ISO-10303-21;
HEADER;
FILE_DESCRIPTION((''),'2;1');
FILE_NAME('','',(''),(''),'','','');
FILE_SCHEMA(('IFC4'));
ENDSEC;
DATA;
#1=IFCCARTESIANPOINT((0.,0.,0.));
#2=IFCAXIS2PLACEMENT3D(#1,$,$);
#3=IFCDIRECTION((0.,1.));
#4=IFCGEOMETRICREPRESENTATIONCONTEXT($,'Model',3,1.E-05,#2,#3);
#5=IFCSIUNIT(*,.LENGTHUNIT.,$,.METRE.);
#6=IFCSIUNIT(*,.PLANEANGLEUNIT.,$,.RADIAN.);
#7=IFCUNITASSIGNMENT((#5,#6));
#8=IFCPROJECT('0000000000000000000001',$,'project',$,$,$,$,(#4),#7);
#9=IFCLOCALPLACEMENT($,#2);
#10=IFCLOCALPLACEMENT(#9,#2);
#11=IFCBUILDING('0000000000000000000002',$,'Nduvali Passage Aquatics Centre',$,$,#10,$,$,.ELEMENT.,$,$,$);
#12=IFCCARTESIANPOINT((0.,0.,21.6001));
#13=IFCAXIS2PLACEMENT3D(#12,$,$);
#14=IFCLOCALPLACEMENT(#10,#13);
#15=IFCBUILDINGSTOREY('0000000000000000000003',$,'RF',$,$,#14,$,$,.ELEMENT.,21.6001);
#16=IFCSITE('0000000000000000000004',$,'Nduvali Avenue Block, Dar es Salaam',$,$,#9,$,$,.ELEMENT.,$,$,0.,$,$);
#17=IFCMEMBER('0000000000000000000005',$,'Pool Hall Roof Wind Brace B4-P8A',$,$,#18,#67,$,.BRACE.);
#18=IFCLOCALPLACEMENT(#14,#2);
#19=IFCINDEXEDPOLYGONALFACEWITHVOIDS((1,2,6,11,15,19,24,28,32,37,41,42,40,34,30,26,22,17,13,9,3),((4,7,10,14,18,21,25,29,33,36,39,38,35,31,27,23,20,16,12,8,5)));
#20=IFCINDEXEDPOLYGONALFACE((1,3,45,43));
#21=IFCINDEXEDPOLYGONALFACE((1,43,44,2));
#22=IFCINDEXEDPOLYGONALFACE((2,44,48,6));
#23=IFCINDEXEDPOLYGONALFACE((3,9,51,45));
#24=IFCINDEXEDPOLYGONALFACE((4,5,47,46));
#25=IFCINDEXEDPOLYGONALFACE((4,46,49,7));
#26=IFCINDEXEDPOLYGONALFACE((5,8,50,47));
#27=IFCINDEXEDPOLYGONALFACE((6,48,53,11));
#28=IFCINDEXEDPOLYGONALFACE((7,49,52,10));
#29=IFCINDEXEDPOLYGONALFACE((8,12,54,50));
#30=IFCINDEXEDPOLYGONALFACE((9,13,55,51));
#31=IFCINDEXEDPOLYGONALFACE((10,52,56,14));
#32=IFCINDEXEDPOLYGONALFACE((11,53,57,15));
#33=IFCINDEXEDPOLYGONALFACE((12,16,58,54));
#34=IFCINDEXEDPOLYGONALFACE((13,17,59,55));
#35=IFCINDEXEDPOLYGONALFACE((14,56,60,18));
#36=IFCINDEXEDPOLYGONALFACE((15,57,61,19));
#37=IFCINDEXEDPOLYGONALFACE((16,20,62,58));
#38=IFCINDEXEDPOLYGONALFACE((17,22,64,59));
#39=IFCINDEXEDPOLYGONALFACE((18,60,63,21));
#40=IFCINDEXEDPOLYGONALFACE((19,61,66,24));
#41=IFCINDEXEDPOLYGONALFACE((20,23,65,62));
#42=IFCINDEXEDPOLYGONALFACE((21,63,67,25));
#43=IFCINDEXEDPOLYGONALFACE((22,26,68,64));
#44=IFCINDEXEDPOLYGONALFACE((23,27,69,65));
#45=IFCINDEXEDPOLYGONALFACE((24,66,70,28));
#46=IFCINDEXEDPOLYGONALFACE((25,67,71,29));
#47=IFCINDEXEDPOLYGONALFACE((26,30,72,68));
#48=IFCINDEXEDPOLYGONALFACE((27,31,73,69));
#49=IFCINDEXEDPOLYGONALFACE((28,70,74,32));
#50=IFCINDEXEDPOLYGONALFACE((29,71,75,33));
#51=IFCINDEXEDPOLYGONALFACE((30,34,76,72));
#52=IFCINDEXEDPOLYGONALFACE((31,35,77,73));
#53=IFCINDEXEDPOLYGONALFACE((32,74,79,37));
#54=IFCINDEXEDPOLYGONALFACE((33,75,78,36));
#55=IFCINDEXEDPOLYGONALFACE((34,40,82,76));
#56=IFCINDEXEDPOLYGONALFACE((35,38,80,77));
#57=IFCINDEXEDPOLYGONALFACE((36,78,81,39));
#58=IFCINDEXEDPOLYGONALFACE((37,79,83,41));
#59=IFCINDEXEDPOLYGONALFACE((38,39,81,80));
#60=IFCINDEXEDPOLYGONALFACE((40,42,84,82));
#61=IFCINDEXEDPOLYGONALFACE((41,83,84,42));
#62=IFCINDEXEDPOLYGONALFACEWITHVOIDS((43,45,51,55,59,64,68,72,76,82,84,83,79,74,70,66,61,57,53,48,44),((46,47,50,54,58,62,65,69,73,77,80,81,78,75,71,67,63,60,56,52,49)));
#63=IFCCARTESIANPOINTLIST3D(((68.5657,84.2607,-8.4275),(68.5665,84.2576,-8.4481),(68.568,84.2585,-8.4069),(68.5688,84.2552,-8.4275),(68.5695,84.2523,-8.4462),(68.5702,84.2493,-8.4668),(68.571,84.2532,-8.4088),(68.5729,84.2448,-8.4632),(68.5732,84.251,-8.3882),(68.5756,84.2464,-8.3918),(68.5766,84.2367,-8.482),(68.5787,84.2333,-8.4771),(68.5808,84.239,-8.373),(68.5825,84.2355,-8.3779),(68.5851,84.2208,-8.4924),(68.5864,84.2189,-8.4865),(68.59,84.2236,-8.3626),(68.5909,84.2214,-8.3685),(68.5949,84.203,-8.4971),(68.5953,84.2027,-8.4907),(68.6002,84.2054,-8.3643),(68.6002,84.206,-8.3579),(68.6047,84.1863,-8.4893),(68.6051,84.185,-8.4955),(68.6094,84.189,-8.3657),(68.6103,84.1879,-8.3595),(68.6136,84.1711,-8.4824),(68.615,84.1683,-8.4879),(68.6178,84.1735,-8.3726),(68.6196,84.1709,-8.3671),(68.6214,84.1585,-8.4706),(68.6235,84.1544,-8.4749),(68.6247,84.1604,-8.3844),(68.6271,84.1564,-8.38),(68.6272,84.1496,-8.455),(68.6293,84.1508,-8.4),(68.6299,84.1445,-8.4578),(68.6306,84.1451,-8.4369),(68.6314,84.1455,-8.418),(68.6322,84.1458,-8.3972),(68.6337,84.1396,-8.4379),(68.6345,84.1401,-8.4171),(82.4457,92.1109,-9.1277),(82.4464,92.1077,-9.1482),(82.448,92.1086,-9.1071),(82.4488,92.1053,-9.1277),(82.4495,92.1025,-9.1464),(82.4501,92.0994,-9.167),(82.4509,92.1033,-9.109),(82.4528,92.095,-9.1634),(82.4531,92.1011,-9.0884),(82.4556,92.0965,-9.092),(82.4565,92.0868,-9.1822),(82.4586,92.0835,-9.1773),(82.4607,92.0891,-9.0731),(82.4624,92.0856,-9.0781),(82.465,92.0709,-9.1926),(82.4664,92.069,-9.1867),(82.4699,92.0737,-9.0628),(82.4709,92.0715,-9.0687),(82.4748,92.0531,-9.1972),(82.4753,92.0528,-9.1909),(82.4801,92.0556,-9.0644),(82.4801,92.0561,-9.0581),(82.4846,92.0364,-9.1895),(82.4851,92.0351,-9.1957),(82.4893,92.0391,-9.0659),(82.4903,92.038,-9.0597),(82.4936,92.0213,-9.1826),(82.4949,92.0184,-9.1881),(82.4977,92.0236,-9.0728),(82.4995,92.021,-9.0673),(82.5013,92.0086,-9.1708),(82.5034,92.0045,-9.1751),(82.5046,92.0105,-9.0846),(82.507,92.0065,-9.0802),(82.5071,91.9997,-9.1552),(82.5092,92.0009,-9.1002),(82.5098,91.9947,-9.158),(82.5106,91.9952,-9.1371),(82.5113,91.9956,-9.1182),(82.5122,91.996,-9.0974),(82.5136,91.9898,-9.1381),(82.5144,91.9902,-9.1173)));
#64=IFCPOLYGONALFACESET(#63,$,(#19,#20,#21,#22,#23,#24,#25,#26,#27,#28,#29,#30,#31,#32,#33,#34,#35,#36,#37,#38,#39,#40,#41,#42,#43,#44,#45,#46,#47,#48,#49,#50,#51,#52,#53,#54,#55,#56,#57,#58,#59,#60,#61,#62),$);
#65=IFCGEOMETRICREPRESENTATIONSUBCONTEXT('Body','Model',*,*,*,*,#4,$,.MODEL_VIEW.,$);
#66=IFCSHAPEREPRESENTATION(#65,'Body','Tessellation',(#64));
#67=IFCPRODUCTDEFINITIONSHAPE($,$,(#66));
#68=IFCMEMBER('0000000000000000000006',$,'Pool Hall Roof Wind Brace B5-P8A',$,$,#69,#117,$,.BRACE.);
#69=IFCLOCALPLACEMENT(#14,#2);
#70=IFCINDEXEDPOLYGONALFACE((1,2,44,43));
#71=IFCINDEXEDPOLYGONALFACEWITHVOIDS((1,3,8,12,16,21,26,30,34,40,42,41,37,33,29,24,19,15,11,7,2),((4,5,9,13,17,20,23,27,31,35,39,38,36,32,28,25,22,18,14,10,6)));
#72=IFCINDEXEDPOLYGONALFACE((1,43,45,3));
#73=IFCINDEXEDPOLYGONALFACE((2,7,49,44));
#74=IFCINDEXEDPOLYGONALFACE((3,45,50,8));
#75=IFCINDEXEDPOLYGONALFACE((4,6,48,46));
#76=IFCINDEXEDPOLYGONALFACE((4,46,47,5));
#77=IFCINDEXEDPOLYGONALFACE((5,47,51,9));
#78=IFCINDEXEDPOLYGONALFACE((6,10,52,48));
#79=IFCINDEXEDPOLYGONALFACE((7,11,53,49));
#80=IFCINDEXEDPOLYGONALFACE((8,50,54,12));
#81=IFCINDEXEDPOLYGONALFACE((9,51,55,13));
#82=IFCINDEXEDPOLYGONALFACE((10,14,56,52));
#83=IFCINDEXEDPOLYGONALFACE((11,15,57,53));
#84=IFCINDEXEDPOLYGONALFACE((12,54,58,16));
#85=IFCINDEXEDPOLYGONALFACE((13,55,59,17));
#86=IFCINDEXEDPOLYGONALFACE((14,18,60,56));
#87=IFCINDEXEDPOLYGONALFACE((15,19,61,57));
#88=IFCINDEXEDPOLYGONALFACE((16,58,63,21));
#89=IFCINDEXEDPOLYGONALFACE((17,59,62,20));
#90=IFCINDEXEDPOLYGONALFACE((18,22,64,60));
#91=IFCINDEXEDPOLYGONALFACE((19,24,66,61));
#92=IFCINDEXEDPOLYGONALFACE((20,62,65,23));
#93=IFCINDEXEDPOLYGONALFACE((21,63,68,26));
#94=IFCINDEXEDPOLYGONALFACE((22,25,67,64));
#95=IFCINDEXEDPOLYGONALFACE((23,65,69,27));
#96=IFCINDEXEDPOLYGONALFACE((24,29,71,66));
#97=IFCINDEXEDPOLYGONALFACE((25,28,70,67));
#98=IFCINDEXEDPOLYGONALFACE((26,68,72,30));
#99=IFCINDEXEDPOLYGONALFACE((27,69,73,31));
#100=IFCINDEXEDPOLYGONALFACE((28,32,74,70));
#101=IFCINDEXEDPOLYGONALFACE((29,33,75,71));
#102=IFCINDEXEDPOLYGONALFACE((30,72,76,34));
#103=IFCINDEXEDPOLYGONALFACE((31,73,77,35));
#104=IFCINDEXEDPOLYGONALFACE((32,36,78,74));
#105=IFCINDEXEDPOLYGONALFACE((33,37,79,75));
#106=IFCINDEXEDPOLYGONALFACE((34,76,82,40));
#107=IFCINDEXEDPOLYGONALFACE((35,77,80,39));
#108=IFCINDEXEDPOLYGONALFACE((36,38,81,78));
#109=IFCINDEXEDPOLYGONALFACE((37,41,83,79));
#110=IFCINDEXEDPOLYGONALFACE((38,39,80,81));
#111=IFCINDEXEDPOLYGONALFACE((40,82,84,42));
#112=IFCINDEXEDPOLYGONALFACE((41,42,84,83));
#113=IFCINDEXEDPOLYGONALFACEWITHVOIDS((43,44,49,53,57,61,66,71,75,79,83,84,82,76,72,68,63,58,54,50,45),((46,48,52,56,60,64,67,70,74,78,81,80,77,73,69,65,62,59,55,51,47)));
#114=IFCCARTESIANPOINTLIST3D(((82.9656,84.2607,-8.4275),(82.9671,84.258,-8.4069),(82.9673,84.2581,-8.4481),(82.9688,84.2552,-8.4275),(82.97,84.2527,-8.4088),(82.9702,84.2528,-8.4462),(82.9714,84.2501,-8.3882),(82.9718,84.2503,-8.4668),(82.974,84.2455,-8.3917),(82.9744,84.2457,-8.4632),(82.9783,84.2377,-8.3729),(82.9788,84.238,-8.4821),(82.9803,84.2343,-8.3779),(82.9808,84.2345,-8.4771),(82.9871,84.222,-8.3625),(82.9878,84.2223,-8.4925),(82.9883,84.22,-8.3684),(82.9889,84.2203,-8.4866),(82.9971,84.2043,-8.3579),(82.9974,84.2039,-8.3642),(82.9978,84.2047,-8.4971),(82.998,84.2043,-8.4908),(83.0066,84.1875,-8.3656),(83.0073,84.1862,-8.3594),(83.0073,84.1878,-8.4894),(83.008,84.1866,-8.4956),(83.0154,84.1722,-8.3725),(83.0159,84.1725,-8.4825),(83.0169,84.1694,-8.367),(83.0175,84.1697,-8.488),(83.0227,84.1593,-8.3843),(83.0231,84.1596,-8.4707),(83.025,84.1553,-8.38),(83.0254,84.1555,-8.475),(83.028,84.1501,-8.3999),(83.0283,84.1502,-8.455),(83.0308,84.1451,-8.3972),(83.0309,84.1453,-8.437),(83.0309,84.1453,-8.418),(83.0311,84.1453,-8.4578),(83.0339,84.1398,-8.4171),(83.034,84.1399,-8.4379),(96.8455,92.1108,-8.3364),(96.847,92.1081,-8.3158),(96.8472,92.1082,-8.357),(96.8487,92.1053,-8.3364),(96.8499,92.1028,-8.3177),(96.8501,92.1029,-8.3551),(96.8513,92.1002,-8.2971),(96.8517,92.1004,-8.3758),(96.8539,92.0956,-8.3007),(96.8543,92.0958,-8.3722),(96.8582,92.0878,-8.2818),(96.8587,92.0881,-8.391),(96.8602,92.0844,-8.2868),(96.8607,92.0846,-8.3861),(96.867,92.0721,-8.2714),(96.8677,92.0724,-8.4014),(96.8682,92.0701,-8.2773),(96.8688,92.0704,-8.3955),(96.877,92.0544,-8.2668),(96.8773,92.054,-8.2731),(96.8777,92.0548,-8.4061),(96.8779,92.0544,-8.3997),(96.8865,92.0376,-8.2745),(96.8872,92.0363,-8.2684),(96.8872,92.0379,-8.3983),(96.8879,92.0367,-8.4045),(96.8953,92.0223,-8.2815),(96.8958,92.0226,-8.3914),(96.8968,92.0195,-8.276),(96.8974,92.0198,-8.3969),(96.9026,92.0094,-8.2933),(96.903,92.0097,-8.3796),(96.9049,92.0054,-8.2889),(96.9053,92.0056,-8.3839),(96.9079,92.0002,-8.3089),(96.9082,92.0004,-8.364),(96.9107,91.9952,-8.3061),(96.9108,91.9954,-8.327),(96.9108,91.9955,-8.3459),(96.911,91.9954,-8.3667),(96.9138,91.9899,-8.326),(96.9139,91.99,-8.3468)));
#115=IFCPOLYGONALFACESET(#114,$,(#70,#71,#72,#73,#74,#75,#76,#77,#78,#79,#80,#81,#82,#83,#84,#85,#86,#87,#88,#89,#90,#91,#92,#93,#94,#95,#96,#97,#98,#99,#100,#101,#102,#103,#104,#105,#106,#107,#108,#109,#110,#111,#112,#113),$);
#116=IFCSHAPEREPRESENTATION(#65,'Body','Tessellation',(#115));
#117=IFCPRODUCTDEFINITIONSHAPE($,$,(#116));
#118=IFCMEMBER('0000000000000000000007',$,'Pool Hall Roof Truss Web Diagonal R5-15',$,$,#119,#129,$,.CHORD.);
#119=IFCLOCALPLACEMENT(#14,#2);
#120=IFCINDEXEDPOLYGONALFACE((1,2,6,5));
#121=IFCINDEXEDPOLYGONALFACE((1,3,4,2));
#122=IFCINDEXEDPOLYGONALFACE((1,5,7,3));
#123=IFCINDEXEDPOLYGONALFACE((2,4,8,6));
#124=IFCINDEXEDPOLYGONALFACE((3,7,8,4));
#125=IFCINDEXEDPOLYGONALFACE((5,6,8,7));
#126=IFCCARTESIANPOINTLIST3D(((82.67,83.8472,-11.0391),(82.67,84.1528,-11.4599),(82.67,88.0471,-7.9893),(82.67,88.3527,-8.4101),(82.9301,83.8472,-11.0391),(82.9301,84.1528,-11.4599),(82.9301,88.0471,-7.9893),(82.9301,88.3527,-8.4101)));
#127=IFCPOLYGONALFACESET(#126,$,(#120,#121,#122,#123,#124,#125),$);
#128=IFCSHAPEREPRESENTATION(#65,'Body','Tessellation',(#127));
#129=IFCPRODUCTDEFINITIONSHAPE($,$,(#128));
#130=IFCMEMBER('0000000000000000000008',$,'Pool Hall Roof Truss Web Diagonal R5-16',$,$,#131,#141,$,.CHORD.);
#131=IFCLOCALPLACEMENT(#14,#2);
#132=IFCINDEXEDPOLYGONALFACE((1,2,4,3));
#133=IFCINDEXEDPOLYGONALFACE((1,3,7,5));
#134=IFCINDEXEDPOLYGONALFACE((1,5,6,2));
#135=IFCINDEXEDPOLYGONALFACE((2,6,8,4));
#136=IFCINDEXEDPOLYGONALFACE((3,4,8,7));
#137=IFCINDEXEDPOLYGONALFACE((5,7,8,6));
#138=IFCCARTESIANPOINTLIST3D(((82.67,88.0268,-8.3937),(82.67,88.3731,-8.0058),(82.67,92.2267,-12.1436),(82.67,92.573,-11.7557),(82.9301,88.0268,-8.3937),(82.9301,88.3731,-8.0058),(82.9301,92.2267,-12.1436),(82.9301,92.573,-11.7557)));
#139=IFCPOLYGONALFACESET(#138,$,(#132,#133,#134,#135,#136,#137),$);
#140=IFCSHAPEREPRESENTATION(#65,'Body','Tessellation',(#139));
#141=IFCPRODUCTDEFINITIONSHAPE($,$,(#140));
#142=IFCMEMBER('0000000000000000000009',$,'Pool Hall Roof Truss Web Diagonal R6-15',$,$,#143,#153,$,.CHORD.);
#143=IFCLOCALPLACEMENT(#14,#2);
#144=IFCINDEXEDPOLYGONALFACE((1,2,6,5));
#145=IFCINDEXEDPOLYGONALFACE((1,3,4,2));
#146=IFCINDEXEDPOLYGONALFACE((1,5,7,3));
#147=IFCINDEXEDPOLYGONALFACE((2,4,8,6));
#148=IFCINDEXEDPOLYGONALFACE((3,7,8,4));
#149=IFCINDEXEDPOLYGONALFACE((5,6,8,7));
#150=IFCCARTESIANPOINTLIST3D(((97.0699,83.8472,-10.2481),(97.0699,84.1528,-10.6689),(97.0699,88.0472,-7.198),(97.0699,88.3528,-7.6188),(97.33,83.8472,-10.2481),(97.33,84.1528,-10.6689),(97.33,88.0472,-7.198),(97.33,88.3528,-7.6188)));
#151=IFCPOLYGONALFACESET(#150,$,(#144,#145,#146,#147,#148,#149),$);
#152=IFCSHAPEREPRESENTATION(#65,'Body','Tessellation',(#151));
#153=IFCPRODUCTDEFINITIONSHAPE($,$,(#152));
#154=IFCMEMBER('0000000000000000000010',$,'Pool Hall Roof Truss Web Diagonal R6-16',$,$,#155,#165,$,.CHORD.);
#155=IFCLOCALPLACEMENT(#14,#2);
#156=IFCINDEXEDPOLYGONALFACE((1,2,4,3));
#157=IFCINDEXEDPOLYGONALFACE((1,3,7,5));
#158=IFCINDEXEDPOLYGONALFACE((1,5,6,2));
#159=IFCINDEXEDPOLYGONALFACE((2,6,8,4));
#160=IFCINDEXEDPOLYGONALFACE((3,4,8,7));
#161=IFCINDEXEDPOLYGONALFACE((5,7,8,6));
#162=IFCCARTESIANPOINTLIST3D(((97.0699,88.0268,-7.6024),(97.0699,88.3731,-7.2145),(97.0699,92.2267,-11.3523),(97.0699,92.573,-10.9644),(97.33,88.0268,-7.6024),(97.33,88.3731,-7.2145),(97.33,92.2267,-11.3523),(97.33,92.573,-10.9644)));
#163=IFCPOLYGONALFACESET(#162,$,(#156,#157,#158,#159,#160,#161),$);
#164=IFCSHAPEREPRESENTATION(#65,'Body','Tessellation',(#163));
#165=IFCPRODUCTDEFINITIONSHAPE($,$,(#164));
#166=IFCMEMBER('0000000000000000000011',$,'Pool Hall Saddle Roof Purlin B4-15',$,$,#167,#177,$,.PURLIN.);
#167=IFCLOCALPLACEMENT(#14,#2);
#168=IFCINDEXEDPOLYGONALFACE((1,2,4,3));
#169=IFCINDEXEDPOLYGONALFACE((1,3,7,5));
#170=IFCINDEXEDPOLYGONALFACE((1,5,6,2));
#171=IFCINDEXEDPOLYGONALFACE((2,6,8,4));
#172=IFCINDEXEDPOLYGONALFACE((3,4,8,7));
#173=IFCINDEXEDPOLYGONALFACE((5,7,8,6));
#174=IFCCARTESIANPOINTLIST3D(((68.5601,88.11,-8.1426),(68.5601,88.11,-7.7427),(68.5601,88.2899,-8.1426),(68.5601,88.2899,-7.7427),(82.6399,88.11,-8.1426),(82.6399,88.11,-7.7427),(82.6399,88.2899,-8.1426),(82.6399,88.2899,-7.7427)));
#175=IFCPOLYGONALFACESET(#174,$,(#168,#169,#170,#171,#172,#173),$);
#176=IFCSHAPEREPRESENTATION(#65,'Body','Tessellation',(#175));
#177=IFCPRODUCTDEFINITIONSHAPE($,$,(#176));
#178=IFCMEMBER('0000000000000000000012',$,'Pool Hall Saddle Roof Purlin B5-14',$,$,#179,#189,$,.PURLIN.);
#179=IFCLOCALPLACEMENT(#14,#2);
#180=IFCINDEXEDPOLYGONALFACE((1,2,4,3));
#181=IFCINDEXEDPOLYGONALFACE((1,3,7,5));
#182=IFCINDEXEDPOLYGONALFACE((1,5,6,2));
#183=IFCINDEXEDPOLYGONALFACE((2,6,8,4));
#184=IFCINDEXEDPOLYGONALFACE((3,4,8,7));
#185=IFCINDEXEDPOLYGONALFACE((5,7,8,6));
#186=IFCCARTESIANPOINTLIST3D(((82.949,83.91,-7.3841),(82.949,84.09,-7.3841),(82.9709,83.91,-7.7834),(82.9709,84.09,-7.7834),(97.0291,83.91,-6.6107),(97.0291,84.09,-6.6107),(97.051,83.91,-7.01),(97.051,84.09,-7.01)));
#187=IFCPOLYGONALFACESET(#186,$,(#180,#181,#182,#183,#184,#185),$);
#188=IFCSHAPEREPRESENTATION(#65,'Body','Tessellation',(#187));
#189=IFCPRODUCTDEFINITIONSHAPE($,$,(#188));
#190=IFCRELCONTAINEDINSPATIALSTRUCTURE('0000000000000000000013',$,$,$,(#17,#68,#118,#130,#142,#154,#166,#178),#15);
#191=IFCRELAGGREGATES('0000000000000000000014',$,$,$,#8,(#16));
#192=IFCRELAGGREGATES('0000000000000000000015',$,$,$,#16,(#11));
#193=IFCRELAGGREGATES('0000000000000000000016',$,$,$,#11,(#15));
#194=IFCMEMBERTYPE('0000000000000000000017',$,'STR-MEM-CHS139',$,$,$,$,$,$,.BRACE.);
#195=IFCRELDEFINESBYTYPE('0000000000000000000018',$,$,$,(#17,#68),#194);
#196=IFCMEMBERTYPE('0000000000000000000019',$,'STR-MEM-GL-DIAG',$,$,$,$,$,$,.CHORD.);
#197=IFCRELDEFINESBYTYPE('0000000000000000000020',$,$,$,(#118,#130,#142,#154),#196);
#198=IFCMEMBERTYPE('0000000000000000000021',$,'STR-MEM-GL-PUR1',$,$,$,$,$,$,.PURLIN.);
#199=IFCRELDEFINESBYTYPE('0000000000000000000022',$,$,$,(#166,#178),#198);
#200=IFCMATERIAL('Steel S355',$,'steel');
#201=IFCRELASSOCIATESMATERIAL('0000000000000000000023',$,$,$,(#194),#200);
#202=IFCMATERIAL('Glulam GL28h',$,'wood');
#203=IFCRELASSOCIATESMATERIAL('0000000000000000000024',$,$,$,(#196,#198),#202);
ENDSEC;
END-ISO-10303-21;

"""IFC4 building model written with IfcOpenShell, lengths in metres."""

from ifc_helpers import new_model, si_unit, direction, frame, origin, origin_2d, place, context, subcontext, project, spatial, rectangle, hollow_circle, extrude, material, material_profile, profile_set, type_object, element, save


model = new_model("IFC4")

# Units and contexts
model_context = context("Model", 3, precision=1e-05, world=origin(), true_north=direction((0.0, 1.0)))
body_context = subcontext(model_context, "Body", "Model", "MODEL_VIEW")
ifc_project = project(units=[si_unit("LENGTHUNIT", "METRE"), si_unit("PLANEANGLEUNIT", "RADIAN")], contexts=[model_context])

# Site, building, storey
site_placement = place(None, origin())
site = spatial("IfcSite", under=ifc_project, at=site_placement, Name="Nduvali Avenue Block, Dar es Salaam", CompositionType="ELEMENT", RefElevation=0.0)
building_placement = place(site_placement, origin())
building = spatial("IfcBuilding", under=site, at=building_placement, Name="Nduvali Passage Aquatics Centre", CompositionType="ELEMENT")
storey_placement = place(building_placement, frame((0.0, 0.0, 21.6001)))
storey = spatial("IfcBuildingStorey", under=building, at=storey_placement, Name="RF", CompositionType="ELEMENT", Elevation=21.6001)

# Shared definitions
ifc_material_1 = material(Name="Steel S355", Category="steel")

# Members
ifc_material_profile_1 = material_profile(ifc_material_1, hollow_circle(Radius=0.0698, WallThickness=0.0063, at=origin_2d()), Name="CHS 139.7x6.3")
ifc_profile_set_1 = profile_set([ifc_material_profile_1], Name="Steel S355")
member_type_1 = type_object("IfcMemberType", Name="STR-MEM-CHS139", PredefinedType="BRACE", material=ifc_profile_set_1)
member_1_placement = place(storey_placement, frame((68.6001, 84.2, -8.4275), z_axis=(0.869592, 0.491818, -0.043868), x_axis=(-0.492292, 0.87043, 0.0)))
element("IfcMember", 1, at=member_1_placement, inside=storey, type_object=member_type_1, Name="Pool Hall Roof Wind Brace B4-P8A", PredefinedType="BRACE", context=body_context, shape_type="SweptSolid", body=[
    extrude(hollow_circle(Radius=0.0698, WallThickness=0.0063, at=origin_2d()), origin(), (0.0, 0.0, 1.0), 15.9614),
])
member_2_placement = place(storey_placement, frame((83.0, 84.2, -8.4275), z_axis=(0.870416, 0.492284, 0.005711), x_axis=(-0.492292, 0.87043, 0.0)))
element("IfcMember", 2, at=member_2_placement, inside=storey, type_object=member_type_1, Name="Pool Hall Roof Wind Brace B5-P8A", PredefinedType="BRACE", context=body_context, shape_type="SweptSolid", body=[
    extrude(hollow_circle(Radius=0.0698, WallThickness=0.0063, at=origin_2d()), origin(), (0.0, 0.0, 1.0), 15.9463),
])
ifc_material_2 = material(Name="Glulam GL28h", Category="wood")
ifc_material_profile_2 = material_profile(ifc_material_2, rectangle(XDim=0.26, YDim=0.52, at=origin_2d()), Name="GL28h 260x520")
ifc_profile_set_2 = profile_set([ifc_material_profile_2], Name="Glulam GL28h")
member_type_2 = type_object("IfcMemberType", Name="STR-MEM-GL-DIAG", PredefinedType="CHORD", material=ifc_profile_set_2)
member_3_placement = place(storey_placement, frame((82.8, 84.0, -11.2495), z_axis=(0.0, 0.809167, 0.587579), x_axis=(-1.0, 0.0, 0.0)))
element("IfcMember", 3, at=member_3_placement, inside=storey, type_object=member_type_2, Name="Pool Hall Roof Truss Web Diagonal R5-15", PredefinedType="CHORD", context=body_context, shape_type="SweptSolid", body=[
    extrude(rectangle(XDim=0.26, YDim=0.52, at=origin_2d()), origin(), (0.0, 0.0, 1.0), 5.1904),
])
member_4_placement = place(storey_placement, frame((82.8, 88.2, -8.1997), z_axis=(0.0, 0.745934, -0.66602), x_axis=(-1.0, 0.0, 0.0)))
element("IfcMember", 4, at=member_4_placement, inside=storey, type_object=member_type_2, Name="Pool Hall Roof Truss Web Diagonal R5-16", PredefinedType="CHORD", context=body_context, shape_type="SweptSolid", body=[
    extrude(rectangle(XDim=0.26, YDim=0.52, at=origin_2d()), origin(), (0.0, 0.0, 1.0), 5.6304),
])
member_5_placement = place(storey_placement, frame((97.2, 84.0, -10.4585), z_axis=(0.0, 0.809145, 0.587609), x_axis=(-1.0, 0.0, 0.0)))
element("IfcMember", 5, at=member_5_placement, inside=storey, type_object=member_type_2, Name="Pool Hall Roof Truss Web Diagonal R6-15", PredefinedType="CHORD", context=body_context, shape_type="SweptSolid", body=[
    extrude(rectangle(XDim=0.26, YDim=0.52, at=origin_2d()), origin(), (0.0, 0.0, 1.0), 5.1907),
])
member_6_placement = place(storey_placement, frame((97.2, 88.2, -7.4084), z_axis=(0.0, 0.745934, -0.66602), x_axis=(-1.0, 0.0, 0.0)))
element("IfcMember", 6, at=member_6_placement, inside=storey, type_object=member_type_2, Name="Pool Hall Roof Truss Web Diagonal R6-16", PredefinedType="CHORD", context=body_context, shape_type="SweptSolid", body=[
    extrude(rectangle(XDim=0.26, YDim=0.52, at=origin_2d()), origin(), (0.0, 0.0, 1.0), 5.6304),
])
ifc_material_profile_3 = material_profile(ifc_material_2, rectangle(XDim=0.1799, YDim=0.3999, at=origin_2d()), Name="GL28h 180x400")
ifc_profile_set_3 = profile_set([ifc_material_profile_3], Name="Glulam GL28h")
member_type_3 = type_object("IfcMemberType", Name="STR-MEM-GL-PUR1", PredefinedType="PURLIN", material=ifc_profile_set_3)
member_7_placement = place(storey_placement, frame((68.5601, 88.2, -7.9426), z_axis=(1.0, 0.0, 0.0), x_axis=(0.0, 1.0, 0.0)))
element("IfcMember", 7, at=member_7_placement, inside=storey, type_object=member_type_3, Name="Pool Hall Saddle Roof Purlin B4-15", PredefinedType="PURLIN", context=body_context, shape_type="SweptSolid", body=[
    extrude(rectangle(XDim=0.1799, YDim=0.3999, at=origin_2d()), origin(), (0.0, 0.0, 1.0), 14.0798),
])
member_8_placement = place(storey_placement, frame((82.96, 84.0, -7.5837), z_axis=(0.998495, 0.0, 0.054849), x_axis=(0.0, 1.0, 0.0)))
element("IfcMember", 8, at=member_8_placement, inside=storey, type_object=member_type_3, Name="Pool Hall Saddle Roof Purlin B5-14", PredefinedType="PURLIN", context=body_context, shape_type="SweptSolid", body=[
    extrude(rectangle(XDim=0.1799, YDim=0.3999, at=origin_2d()), origin(), (0.0, 0.0, 1.0), 14.1013),
])

save(model, "model.ifc")
